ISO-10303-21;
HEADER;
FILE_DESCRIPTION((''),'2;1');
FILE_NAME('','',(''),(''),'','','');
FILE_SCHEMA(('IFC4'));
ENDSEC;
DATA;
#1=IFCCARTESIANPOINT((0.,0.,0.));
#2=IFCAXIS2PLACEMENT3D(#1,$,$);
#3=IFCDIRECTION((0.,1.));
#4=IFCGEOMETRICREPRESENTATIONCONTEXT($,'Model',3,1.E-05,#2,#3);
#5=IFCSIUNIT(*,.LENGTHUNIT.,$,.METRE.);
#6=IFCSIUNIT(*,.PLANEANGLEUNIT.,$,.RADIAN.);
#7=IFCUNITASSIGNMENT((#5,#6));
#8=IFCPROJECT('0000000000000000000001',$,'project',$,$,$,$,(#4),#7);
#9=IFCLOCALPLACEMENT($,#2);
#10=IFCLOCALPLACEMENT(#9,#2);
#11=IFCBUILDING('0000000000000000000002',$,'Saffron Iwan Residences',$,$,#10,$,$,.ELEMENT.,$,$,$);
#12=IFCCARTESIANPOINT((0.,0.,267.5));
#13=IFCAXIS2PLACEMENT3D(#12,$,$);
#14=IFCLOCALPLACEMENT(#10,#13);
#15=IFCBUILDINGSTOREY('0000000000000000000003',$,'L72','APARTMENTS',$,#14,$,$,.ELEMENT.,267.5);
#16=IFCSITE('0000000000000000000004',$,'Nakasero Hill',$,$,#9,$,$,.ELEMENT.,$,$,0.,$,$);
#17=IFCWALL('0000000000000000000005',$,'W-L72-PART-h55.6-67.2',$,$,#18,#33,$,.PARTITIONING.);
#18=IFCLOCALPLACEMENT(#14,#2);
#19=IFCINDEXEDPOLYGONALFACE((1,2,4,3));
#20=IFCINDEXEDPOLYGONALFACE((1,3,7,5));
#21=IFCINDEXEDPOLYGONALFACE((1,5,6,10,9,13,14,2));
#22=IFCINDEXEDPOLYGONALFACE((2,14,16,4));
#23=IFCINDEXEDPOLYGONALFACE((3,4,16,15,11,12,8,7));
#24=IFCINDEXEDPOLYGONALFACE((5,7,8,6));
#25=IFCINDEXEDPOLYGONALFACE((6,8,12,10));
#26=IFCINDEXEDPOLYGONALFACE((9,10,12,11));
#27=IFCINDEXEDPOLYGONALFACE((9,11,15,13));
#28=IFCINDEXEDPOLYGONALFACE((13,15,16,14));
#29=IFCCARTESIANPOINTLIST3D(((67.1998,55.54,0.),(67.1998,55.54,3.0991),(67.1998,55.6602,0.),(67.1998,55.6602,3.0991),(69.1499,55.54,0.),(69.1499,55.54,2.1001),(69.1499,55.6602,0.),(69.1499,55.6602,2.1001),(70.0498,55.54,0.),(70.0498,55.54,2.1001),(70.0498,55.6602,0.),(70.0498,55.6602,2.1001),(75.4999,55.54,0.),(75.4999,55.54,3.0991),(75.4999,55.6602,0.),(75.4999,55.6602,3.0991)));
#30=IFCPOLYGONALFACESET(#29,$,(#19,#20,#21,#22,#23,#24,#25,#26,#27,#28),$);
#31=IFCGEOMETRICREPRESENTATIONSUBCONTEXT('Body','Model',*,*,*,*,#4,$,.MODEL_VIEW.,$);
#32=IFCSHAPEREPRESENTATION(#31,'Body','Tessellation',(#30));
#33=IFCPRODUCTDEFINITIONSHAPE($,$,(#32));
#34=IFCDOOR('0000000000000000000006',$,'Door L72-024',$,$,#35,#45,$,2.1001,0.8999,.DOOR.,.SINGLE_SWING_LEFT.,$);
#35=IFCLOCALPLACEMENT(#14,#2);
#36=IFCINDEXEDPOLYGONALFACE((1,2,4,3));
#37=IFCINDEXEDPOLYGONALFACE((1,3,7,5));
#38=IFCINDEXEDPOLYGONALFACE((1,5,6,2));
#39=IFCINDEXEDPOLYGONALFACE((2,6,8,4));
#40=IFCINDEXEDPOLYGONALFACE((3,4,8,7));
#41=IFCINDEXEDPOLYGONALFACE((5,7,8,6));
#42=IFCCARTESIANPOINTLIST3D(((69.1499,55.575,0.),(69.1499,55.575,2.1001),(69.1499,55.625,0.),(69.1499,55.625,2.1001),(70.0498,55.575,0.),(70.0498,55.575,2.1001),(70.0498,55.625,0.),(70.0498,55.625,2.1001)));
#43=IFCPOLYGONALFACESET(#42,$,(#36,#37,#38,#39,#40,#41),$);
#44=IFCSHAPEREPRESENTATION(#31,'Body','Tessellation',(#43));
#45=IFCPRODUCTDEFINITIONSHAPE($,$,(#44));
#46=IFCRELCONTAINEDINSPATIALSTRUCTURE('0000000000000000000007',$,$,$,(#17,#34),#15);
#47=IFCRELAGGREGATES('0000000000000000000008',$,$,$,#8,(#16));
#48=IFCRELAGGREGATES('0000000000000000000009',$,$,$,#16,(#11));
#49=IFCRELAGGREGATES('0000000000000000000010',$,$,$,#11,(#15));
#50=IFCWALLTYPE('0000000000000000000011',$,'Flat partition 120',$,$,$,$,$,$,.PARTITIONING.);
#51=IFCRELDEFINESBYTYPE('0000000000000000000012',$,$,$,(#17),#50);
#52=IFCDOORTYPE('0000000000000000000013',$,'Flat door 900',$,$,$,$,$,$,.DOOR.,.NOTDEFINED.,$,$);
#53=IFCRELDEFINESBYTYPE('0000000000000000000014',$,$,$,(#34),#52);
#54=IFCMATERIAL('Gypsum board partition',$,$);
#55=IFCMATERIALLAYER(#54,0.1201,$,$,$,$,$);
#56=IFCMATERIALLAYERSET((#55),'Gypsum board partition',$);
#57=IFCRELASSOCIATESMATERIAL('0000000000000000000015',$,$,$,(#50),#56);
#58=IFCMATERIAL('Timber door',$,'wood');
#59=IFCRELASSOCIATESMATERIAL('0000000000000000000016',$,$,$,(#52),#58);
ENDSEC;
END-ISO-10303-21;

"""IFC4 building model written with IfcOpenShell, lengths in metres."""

from ifc_helpers import new_model, si_unit, direction, frame, frame_2d, origin, place, context, subcontext, project, spatial, rectangle, extrude, material, layer, layer_set, type_object, element, fill, save


model = new_model("IFC4")

# Units and contexts
model_context = context("Model", 3, precision=1e-05, world=origin(), true_north=direction((0.0, 1.0)))
body_context = subcontext(model_context, "Body", "Model", "MODEL_VIEW")
ifc_project = project(units=[si_unit("LENGTHUNIT", "METRE"), si_unit("PLANEANGLEUNIT", "RADIAN")], contexts=[model_context])

# Site, building, storey
site_placement = place(None, origin())
site = spatial("IfcSite", under=ifc_project, at=site_placement, Name="Nakasero Hill", CompositionType="ELEMENT", RefElevation=0.0)
building_placement = place(site_placement, origin())
building = spatial("IfcBuilding", under=site, at=building_placement, Name="Saffron Iwan Residences", CompositionType="ELEMENT")
storey_placement = place(building_placement, frame((0.0, 0.0, 267.5)))
storey = spatial("IfcBuildingStorey", under=building, at=storey_placement, Name="L72", Description="APARTMENTS", CompositionType="ELEMENT", Elevation=267.5)

# Shared definitions
ifc_material_1 = material(Name="Gypsum board partition")
ifc_layer_1 = layer(ifc_material_1, 0.1201)
ifc_layer_set_1 = layer_set([ifc_layer_1], Name="Gypsum board partition")
wall_type_1 = type_object("IfcWallType", Name="Flat partition 120", PredefinedType="PARTITIONING", material=ifc_layer_set_1)
ifc_material_2 = material(Name="Timber door", Category="wood")
door_type = type_object("IfcDoorType", Name="Flat door 900", OperationType="NOTDEFINED", PredefinedType="DOOR", material=ifc_material_2)

# Wall, opening, door
wall_1_placement = place(storey_placement, frame((67.2, 55.6001, 0.0), z_axis=(0.0, 0.0, 1.0), x_axis=(1.0, 0.0, 0.0)))
wall_1 = element("IfcWall", 1, at=wall_1_placement, inside=storey, type_object=wall_type_1, Name="W-L72-PART-h55.6-67.2", PredefinedType="PARTITIONING", context=body_context, shape_type="SweptSolid", body=[
    extrude(rectangle(XDim=8.3, YDim=0.1201, at=frame_2d((4.1499, 0.0))), origin(), (0.0, 0.0, 1.0), 3.0991),
])
opening_1_placement = place(wall_1_placement, frame((1.95, 0.0, 0.0)))
opening_1 = element("IfcOpeningElement", 2, at=opening_1_placement, cuts=wall_1, PredefinedType="OPENING", context=body_context, shape_type="SweptSolid", body=[
    extrude(rectangle(XDim=0.8999, YDim=2.1001, at=frame_2d((0.45, 1.05))), frame((0.0, 0.0701, 0.0), z_axis=(0.0, -1.0, 0.0), x_axis=(1.0, 0.0, 0.0)), (0.0, 0.0, 1.0), 0.1401),
])
door_1_placement = place(opening_1_placement, origin())
door_1 = element("IfcDoor", 3, at=door_1_placement, inside=storey, type_object=door_type, Name="Door L72-024", OperationType="SINGLE_SWING_LEFT", OverallHeight=2.1001, OverallWidth=0.8999, PredefinedType="DOOR", context=body_context, shape_type="SweptSolid", body=[
    extrude(rectangle(XDim=0.8999, YDim=2.1001, at=frame_2d((0.45, 1.05))), frame((0.0, 0.0249, 0.0), z_axis=(0.0, -1.0, 0.0), x_axis=(1.0, 0.0, 0.0)), (0.0, 0.0, 1.0), 0.05),
])
fill(opening_1, door_1)

save(model, "model.ifc")
